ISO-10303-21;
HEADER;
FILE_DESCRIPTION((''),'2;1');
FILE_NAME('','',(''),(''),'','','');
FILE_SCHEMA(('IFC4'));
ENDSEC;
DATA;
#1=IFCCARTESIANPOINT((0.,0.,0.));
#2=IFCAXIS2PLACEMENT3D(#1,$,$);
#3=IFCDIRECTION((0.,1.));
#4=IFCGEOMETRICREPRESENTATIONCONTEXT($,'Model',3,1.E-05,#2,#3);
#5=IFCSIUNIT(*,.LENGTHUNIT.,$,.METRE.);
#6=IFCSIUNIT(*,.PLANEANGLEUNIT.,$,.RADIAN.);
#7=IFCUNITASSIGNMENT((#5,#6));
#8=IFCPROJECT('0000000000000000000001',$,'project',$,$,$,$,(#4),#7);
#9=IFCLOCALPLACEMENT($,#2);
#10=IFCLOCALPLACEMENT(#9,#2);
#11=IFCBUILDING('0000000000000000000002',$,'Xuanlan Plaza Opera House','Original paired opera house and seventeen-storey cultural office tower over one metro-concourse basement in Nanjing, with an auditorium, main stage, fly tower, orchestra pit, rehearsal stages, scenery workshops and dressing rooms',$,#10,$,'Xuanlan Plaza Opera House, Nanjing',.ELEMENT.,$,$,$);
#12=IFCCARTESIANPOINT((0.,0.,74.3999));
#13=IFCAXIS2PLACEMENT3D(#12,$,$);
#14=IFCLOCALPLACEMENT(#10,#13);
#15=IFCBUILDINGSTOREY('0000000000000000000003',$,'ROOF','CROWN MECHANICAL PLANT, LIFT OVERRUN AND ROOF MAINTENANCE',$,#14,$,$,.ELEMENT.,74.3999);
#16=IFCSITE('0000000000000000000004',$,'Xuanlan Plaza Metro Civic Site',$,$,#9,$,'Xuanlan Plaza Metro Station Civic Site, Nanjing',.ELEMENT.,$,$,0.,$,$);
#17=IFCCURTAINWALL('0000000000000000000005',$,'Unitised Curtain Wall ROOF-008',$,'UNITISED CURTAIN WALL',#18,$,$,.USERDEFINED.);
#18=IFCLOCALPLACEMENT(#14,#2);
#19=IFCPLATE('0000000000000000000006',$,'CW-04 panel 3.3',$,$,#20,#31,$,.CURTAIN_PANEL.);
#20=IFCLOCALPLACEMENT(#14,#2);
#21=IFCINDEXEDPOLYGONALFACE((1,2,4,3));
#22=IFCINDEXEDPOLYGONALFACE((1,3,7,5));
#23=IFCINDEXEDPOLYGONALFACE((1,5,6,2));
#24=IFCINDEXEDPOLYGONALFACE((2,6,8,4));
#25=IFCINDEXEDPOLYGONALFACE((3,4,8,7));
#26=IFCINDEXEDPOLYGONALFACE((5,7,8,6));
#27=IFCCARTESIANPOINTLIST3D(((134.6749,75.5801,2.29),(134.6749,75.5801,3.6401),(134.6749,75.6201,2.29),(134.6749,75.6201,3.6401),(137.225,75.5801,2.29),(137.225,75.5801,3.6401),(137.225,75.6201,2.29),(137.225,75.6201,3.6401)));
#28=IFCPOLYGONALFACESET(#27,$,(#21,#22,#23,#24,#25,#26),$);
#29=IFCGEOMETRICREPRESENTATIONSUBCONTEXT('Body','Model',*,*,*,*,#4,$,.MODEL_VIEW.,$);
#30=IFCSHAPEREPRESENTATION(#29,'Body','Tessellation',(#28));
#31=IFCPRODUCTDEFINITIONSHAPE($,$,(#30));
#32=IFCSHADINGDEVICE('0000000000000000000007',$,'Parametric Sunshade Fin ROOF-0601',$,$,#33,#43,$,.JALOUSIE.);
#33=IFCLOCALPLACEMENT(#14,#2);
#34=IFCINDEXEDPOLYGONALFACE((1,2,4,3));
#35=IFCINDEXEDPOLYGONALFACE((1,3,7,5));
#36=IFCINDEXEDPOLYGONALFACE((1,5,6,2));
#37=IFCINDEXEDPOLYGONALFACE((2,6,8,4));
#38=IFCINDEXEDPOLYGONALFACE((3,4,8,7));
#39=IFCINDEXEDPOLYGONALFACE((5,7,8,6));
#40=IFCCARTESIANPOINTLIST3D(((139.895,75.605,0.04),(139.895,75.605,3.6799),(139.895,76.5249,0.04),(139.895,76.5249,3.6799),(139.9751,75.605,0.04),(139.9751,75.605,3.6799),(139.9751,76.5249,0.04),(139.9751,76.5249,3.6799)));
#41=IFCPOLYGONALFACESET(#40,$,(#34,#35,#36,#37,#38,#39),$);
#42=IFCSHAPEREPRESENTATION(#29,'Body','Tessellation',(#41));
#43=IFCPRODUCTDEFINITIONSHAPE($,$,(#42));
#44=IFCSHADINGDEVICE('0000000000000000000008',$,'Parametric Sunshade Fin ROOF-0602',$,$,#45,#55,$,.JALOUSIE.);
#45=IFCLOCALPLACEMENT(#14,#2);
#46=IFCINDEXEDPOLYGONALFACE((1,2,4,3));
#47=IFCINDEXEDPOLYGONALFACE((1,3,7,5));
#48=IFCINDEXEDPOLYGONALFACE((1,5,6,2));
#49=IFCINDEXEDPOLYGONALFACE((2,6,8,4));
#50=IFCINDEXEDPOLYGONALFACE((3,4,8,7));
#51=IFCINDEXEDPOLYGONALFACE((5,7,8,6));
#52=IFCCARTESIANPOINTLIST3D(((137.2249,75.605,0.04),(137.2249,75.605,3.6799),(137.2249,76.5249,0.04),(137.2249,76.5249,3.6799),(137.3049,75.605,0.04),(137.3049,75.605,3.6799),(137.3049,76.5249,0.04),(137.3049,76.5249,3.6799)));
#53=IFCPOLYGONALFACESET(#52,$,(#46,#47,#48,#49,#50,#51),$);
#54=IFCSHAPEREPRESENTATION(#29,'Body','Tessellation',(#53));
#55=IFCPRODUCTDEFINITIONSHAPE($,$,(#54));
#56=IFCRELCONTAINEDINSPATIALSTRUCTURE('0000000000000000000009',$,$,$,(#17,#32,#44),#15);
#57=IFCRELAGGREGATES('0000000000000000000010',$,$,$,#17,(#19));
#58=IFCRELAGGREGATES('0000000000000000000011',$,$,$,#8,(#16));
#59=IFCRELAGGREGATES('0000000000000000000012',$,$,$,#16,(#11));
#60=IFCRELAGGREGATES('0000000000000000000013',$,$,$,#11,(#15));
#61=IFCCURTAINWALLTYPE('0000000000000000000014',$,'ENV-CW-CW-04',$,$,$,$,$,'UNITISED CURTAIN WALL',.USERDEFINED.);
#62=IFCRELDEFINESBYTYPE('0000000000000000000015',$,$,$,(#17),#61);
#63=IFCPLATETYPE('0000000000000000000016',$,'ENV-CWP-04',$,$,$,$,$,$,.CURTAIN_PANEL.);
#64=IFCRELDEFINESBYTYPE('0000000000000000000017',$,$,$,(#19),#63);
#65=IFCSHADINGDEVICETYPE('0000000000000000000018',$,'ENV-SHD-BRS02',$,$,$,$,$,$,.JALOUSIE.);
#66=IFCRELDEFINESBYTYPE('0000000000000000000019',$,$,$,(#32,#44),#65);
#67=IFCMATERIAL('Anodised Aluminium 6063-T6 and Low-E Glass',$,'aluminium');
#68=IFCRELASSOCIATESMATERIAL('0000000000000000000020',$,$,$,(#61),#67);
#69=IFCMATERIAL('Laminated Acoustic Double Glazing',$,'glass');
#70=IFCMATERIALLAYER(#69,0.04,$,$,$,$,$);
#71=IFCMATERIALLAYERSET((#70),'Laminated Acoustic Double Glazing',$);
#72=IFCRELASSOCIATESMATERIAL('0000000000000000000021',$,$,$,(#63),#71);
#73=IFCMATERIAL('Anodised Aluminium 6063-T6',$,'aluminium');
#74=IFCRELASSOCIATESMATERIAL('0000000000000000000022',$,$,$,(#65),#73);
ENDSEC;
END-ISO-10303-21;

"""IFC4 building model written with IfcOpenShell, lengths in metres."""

from ifc_helpers import new_model, si_unit, direction, frame, origin, origin_2d, place, context, subcontext, project, spatial, rectangle, extrude, material, layer, layer_set, type_object, element, aggregate, save


model = new_model("IFC4")

# Units and contexts
model_context = context("Model", 3, precision=1e-05, world=origin(), true_north=direction((0.0, 1.0)))
body_context = subcontext(model_context, "Body", "Model", "MODEL_VIEW")
ifc_project = project(units=[si_unit("LENGTHUNIT", "METRE"), si_unit("PLANEANGLEUNIT", "RADIAN")], contexts=[model_context])

# Site, building, storey
site_placement = place(None, origin())
site = spatial("IfcSite", under=ifc_project, at=site_placement, Name="Xuanlan Plaza Metro Civic Site", LongName="Xuanlan Plaza Metro Station Civic Site, Nanjing", CompositionType="ELEMENT", RefElevation=0.0)
building_placement = place(site_placement, origin())
building = spatial("IfcBuilding", under=site, at=building_placement, Name="Xuanlan Plaza Opera House", Description="Original paired opera house and seventeen-storey cultural office tower over one metro-concourse basement in Nanjing, with an auditorium, main stage, fly tower, orchestra pit, rehearsal stages, scenery workshops and dressing rooms", LongName="Xuanlan Plaza Opera House, Nanjing", CompositionType="ELEMENT")
storey_placement = place(building_placement, frame((0.0, 0.0, 74.3999)))
storey = spatial("IfcBuildingStorey", under=building, at=storey_placement, Name="ROOF", Description="CROWN MECHANICAL PLANT, LIFT OVERRUN AND ROOF MAINTENANCE", CompositionType="ELEMENT", Elevation=74.3999)

# Shared definitions
ifc_material_1 = material(Name="Anodised Aluminium 6063-T6 and Low-E Glass", Category="aluminium")
ifc_material_2 = material(Name="Anodised Aluminium 6063-T6", Category="aluminium")

# Curtain wall
curtain_wall_type_1 = type_object("IfcCurtainWallType", Name="ENV-CW-CW-04", ElementType="UNITISED CURTAIN WALL", PredefinedType="USERDEFINED", material=ifc_material_1)
curtain_wall_1_placement = place(storey_placement, origin())
curtain_wall_1 = element("IfcCurtainWall", 1, at=curtain_wall_1_placement, inside=storey, type_object=curtain_wall_type_1, Name="Unitised Curtain Wall ROOF-008", ObjectType="UNITISED CURTAIN WALL", PredefinedType="USERDEFINED")

# Plate
ifc_material_3 = material(Name="Laminated Acoustic Double Glazing", Category="glass")
ifc_layer = layer(ifc_material_3, 0.04)
ifc_layer_set = layer_set([ifc_layer], Name="Laminated Acoustic Double Glazing")
plate_type = type_object("IfcPlateType", Name="ENV-CWP-04", PredefinedType="CURTAIN_PANEL", material=ifc_layer_set)
plate_1_placement = place(storey_placement, frame((135.95, 75.6001, 2.29), z_axis=(0.0, 0.0, 1.0), x_axis=(-1.0, 0.0, 0.0)))
plate_1 = element("IfcPlate", 2, at=plate_1_placement, type_object=plate_type, Name="CW-04 panel 3.3", PredefinedType="CURTAIN_PANEL", context=body_context, shape_type="SweptSolid", body=[
    extrude(rectangle(XDim=2.55, YDim=0.04, at=origin_2d()), origin(), (0.0, 0.0, 1.0), 1.3501),
])
aggregate(curtain_wall_1, [plate_1])

# Shading devices
shading_device_type = type_object("IfcShadingDeviceType", Name="ENV-SHD-BRS02", PredefinedType="JALOUSIE", material=ifc_material_2)
for number, where, z_axis, x_axis, name in (
    (3, (139.9351, 76.0649, 0.04), (0.0, 0.0, 1.0), (0.0, 1.0, 0.0), "Parametric Sunshade Fin ROOF-0601"),
    (4, (137.2649, 76.0649, 0.04), (0.0, 0.0, 1.0), (0.0, 1.0, 0.0), "Parametric Sunshade Fin ROOF-0602"),
):
    element("IfcShadingDevice", number, at=place(storey_placement, frame(where, z_axis=z_axis, x_axis=x_axis)), inside=storey, type_object=shading_device_type, Name=name, PredefinedType="JALOUSIE", context=body_context, shape_type="SweptSolid", body=[
        extrude(rectangle(XDim=0.9199, YDim=0.0801, at=origin_2d()), origin(), (0.0, 0.0, 1.0), 3.6399),
    ])

save(model, "model.ifc")
